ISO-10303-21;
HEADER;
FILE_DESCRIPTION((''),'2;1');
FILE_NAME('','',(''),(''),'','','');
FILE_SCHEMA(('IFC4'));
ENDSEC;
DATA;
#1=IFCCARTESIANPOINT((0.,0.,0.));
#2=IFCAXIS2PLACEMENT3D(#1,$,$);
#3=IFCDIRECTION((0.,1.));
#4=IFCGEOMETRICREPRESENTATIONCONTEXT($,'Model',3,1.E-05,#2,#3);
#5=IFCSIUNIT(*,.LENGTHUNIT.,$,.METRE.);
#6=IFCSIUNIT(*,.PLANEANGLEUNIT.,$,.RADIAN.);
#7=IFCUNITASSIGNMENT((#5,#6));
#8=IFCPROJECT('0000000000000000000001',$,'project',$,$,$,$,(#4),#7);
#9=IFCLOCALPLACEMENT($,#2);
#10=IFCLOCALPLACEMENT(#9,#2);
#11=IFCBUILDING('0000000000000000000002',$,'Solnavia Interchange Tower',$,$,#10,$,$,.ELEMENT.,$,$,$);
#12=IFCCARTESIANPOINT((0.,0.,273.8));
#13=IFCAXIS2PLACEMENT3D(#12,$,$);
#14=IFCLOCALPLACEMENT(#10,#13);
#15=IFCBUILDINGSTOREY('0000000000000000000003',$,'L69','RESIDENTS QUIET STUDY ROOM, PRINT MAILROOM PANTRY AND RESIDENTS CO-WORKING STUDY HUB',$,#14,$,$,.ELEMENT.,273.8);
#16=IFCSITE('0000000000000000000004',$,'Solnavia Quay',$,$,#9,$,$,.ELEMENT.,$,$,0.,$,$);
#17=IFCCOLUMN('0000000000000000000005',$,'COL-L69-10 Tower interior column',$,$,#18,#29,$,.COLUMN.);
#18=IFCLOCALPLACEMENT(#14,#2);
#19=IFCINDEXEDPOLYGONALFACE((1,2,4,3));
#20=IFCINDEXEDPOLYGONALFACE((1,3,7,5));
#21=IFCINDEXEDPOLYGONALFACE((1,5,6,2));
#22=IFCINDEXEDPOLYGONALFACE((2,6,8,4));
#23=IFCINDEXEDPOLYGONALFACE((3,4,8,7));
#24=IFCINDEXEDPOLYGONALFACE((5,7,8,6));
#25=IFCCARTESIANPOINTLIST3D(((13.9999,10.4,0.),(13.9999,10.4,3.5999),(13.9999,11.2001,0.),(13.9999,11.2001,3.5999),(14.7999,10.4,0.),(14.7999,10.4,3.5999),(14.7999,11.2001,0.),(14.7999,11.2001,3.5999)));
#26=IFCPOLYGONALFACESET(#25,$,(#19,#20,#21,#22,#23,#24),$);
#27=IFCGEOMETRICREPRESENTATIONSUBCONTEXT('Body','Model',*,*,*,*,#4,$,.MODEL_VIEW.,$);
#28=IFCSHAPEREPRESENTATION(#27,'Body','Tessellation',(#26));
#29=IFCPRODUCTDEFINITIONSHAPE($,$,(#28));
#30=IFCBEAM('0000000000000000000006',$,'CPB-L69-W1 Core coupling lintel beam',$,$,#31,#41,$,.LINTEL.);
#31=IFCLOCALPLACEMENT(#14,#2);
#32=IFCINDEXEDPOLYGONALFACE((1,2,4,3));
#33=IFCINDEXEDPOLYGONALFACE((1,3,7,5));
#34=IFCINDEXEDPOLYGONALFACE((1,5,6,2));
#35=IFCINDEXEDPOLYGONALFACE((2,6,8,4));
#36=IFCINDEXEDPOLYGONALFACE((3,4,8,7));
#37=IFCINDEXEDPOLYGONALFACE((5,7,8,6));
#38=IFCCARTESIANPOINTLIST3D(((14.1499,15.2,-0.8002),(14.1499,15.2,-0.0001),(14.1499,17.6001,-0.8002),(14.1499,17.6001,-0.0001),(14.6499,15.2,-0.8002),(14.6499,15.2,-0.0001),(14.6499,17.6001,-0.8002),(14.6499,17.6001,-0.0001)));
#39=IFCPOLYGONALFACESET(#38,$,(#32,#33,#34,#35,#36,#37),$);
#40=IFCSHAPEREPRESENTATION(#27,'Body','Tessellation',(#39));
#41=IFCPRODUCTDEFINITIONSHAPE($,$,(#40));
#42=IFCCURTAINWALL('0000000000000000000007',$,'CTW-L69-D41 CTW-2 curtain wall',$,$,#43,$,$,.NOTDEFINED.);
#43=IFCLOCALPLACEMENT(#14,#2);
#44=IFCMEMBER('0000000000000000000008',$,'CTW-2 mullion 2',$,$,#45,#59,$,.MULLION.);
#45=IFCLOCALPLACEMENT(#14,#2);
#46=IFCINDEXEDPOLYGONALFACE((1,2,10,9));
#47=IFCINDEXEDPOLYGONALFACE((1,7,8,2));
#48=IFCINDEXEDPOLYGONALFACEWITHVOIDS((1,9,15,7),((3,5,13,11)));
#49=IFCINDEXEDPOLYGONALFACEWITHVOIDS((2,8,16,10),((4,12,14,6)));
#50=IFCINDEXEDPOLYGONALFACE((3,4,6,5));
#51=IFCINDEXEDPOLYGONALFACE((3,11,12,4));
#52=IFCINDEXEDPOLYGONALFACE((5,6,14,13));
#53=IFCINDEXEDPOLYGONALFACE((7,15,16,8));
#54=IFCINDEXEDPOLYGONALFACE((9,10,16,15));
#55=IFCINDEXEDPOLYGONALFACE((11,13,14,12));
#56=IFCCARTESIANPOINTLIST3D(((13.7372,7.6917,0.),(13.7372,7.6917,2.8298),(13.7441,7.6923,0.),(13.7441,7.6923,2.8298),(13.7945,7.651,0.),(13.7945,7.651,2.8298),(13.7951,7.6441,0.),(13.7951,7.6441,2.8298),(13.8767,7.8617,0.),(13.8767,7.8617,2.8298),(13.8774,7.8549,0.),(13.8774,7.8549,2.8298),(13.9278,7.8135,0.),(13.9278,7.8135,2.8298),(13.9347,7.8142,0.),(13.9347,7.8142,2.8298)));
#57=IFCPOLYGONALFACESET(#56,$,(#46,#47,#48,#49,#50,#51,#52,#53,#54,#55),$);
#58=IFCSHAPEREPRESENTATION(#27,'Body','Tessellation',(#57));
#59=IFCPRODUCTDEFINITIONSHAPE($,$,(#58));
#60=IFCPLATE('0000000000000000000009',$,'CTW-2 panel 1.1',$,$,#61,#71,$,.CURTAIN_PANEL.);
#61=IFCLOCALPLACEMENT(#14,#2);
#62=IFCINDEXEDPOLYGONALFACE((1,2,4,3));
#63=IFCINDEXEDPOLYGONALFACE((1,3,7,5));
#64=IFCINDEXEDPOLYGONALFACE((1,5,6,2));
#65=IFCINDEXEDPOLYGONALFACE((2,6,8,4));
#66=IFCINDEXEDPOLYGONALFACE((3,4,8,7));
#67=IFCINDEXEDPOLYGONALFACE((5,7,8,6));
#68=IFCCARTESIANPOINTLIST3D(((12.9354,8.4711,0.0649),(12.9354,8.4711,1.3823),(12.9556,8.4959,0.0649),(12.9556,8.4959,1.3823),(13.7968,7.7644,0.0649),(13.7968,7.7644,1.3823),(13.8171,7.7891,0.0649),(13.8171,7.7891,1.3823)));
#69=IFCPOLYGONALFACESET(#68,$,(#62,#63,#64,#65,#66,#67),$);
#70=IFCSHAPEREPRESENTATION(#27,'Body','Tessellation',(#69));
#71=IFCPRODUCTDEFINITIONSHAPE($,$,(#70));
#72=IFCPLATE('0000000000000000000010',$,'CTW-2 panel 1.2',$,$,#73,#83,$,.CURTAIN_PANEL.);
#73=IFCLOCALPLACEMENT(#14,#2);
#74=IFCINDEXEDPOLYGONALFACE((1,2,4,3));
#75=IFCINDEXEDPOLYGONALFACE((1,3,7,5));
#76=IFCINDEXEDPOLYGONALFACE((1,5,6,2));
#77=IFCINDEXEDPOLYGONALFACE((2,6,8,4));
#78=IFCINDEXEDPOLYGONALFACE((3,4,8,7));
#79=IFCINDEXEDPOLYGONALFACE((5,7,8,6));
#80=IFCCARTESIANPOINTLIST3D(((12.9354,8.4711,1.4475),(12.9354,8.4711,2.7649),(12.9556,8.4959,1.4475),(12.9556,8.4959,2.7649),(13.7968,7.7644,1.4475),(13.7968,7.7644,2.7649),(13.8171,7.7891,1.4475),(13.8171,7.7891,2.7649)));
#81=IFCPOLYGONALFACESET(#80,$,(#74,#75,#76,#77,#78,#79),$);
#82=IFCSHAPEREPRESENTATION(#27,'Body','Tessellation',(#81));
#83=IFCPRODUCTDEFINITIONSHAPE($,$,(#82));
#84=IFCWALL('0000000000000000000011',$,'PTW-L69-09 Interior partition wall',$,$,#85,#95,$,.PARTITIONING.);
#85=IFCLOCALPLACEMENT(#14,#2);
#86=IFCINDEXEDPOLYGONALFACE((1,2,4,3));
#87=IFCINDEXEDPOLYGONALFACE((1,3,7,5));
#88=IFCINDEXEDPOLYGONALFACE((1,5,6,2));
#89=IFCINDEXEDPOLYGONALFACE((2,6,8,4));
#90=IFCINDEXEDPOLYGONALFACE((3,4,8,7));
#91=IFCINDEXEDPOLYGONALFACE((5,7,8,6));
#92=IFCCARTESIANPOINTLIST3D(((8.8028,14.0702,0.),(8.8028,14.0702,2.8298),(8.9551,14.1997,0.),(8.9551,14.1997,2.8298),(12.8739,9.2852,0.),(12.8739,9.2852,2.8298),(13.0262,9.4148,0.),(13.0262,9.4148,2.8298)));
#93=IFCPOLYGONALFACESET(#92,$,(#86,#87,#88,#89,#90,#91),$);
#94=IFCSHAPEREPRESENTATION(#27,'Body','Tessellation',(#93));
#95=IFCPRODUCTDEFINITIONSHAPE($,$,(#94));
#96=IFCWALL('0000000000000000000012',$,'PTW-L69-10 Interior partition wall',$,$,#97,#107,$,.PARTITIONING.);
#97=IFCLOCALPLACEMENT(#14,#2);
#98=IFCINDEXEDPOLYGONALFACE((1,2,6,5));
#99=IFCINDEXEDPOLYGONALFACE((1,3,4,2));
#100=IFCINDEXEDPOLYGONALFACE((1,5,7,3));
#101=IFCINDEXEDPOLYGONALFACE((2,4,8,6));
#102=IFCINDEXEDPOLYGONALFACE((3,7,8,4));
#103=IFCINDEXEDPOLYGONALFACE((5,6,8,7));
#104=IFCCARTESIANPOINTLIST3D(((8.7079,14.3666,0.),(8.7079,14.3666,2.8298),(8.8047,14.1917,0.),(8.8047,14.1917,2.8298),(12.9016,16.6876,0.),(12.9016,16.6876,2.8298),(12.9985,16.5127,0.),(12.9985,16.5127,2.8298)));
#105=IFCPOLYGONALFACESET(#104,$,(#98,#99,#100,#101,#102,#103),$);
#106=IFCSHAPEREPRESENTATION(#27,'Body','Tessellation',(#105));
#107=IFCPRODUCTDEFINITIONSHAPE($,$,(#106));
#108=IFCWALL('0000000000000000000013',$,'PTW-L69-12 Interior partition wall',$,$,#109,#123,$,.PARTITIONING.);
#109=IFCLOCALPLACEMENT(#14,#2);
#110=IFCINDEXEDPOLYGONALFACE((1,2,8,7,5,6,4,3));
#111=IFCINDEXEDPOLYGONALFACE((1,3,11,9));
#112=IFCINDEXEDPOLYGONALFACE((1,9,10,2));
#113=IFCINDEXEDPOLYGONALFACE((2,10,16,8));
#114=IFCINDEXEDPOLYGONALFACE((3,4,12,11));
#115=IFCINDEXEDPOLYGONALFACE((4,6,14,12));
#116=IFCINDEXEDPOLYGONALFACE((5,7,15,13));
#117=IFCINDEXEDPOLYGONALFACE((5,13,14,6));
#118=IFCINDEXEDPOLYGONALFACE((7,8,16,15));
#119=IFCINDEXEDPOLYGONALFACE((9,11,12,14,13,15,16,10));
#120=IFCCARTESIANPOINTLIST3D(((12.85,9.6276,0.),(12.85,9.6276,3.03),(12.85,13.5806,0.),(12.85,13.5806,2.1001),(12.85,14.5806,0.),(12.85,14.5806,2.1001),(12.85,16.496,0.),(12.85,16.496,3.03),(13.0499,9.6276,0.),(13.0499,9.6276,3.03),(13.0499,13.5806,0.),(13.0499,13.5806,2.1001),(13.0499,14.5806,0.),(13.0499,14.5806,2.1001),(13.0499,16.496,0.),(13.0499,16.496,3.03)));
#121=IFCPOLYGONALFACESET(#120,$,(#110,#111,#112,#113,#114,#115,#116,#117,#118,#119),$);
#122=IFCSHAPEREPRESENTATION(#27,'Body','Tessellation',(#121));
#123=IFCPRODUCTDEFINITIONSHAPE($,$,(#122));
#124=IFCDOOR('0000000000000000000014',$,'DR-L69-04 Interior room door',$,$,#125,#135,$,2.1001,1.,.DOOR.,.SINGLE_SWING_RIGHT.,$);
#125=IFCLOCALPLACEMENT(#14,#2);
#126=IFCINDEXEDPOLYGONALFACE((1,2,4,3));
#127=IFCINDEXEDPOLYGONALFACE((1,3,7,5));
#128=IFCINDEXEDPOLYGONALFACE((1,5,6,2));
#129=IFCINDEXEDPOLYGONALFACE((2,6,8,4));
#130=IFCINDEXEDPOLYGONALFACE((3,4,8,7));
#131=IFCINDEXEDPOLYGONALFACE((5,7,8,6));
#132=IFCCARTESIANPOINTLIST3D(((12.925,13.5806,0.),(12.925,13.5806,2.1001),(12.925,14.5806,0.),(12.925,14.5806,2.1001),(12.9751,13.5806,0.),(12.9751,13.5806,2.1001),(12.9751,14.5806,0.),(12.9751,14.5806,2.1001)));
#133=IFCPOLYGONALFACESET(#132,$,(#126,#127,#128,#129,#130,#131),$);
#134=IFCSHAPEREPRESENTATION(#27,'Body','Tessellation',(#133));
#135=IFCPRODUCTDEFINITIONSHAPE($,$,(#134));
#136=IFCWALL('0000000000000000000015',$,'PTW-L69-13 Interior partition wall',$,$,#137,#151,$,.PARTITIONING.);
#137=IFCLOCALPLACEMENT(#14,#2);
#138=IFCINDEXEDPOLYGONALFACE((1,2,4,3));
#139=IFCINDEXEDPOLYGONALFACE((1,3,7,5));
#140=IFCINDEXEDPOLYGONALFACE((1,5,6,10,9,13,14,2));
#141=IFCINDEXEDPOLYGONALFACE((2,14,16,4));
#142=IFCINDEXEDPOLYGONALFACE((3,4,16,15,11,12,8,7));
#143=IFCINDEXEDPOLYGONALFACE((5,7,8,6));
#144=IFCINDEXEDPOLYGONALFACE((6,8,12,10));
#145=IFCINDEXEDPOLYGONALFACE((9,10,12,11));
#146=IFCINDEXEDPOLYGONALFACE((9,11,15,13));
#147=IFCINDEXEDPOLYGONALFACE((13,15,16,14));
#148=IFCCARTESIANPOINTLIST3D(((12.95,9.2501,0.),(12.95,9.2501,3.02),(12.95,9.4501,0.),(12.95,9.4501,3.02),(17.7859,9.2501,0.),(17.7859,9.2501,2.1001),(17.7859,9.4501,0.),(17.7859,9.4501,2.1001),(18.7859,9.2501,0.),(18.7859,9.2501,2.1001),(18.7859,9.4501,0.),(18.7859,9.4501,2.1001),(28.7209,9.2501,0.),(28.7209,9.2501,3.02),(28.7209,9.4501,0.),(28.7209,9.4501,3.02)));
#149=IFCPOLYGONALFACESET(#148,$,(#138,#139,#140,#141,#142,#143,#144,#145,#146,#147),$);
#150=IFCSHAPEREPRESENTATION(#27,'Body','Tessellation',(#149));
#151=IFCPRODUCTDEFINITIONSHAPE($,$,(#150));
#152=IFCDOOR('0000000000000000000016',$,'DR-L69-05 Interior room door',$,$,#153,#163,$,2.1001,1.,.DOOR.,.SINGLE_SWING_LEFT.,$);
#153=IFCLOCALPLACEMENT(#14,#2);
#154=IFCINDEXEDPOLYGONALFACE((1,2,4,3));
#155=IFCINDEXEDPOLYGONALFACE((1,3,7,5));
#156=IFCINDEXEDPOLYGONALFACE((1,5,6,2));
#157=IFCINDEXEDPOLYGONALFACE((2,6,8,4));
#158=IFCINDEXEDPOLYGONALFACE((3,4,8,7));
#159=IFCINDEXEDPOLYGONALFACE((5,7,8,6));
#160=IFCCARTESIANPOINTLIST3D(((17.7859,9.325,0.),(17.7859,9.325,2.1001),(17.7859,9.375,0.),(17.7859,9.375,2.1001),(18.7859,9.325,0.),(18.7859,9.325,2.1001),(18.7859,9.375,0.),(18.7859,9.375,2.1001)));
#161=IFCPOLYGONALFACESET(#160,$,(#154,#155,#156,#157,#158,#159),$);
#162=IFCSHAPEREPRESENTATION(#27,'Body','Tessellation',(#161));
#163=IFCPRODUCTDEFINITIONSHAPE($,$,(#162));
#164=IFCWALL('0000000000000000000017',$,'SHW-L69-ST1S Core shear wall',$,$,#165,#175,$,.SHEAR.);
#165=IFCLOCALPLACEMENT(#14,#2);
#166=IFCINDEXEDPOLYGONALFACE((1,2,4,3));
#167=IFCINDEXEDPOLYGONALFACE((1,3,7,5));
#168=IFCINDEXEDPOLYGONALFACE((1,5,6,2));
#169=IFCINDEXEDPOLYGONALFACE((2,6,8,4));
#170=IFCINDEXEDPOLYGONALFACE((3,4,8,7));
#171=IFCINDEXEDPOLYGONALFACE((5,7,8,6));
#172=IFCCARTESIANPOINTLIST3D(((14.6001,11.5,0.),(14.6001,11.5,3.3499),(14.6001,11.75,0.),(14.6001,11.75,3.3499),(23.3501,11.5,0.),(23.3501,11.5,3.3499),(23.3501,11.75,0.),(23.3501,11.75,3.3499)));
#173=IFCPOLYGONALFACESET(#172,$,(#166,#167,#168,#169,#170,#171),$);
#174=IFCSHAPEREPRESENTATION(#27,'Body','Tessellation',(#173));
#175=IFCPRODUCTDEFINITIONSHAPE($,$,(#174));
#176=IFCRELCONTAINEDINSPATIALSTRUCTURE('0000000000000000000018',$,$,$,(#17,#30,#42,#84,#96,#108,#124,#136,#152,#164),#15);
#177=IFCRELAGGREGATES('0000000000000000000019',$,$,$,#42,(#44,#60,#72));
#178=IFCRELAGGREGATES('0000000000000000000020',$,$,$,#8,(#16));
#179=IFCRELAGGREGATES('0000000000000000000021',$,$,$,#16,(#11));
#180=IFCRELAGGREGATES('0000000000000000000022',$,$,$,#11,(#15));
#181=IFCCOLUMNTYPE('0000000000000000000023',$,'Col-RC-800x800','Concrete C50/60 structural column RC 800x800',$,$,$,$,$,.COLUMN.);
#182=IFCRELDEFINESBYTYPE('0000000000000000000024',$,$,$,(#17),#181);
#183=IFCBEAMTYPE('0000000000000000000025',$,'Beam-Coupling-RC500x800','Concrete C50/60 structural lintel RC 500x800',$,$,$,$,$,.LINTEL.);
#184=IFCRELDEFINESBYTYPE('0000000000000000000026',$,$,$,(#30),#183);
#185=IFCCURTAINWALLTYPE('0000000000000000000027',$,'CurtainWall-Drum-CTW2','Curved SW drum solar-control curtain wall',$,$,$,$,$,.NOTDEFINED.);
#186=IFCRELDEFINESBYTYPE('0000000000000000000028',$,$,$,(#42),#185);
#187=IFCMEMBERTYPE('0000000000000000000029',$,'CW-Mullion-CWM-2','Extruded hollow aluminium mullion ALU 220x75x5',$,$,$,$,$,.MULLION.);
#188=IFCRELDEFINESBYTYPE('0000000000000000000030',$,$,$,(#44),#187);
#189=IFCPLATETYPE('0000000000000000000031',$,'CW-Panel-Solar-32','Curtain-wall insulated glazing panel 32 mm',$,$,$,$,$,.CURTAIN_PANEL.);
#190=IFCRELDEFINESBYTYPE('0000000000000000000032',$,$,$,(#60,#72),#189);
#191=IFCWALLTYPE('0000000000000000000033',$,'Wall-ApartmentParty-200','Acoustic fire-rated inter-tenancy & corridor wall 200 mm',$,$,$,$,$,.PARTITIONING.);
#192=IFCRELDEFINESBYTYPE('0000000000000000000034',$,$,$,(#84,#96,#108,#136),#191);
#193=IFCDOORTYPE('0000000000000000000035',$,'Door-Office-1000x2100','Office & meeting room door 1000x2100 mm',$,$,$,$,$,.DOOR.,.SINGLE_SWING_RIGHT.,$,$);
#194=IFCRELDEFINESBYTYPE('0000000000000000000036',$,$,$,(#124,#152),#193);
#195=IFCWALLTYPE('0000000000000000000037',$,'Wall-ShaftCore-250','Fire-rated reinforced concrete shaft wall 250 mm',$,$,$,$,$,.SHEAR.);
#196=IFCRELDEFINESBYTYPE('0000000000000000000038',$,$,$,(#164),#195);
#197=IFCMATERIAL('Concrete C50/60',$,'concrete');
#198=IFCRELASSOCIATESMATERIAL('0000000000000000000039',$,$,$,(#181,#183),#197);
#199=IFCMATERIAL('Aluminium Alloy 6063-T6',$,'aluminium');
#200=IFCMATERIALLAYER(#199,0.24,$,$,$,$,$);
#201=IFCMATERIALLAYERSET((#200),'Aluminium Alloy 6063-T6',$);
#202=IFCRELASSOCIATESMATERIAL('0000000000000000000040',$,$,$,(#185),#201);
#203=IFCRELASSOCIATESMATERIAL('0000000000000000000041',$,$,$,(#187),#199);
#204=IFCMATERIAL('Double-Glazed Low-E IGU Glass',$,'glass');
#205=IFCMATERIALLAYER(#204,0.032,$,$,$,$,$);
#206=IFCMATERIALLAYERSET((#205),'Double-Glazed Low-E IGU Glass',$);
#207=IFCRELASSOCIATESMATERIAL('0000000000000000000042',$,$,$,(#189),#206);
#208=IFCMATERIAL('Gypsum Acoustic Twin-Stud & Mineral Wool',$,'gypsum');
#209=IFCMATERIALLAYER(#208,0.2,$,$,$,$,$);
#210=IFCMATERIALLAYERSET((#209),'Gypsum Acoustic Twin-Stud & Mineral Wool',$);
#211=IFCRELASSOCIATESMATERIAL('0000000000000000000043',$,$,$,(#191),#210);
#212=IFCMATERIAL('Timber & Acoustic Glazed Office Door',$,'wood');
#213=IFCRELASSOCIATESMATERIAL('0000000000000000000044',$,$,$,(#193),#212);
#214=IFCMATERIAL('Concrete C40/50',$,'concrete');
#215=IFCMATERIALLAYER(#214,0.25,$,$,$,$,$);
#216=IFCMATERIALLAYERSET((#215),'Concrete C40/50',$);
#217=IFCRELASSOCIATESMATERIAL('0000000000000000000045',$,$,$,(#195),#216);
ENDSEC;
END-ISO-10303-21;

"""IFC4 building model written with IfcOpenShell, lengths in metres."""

from ifc_helpers import new_model, si_unit, direction, frame, frame_2d, origin, origin_2d, place, context, subcontext, project, spatial, rectangle, hollow_rectangle, extrude, material, layer, layer_set, material_profile, profile_set, type_object, element, fill, aggregate, save


model = new_model("IFC4")

# Units and contexts
model_context = context("Model", 3, precision=1e-05, world=origin(), true_north=direction((0.0, 1.0)))
body_context = subcontext(model_context, "Body", "Model", "MODEL_VIEW")
ifc_project = project(units=[si_unit("LENGTHUNIT", "METRE"), si_unit("PLANEANGLEUNIT", "RADIAN")], contexts=[model_context])

# Site, building, storey
site_placement = place(None, origin())
site = spatial("IfcSite", under=ifc_project, at=site_placement, Name="Solnavia Quay", CompositionType="ELEMENT", RefElevation=0.0)
building_placement = place(site_placement, origin())
building = spatial("IfcBuilding", under=site, at=building_placement, Name="Solnavia Interchange Tower", CompositionType="ELEMENT")
storey_placement = place(building_placement, frame((0.0, 0.0, 273.8)))
storey = spatial("IfcBuildingStorey", under=building, at=storey_placement, Name="L69", Description="RESIDENTS QUIET STUDY ROOM, PRINT MAILROOM PANTRY AND RESIDENTS CO-WORKING STUDY HUB", CompositionType="ELEMENT", Elevation=273.8)

# Column
ifc_material_1 = material(Name="Concrete C50/60", Category="concrete")
ifc_material_profile_1 = material_profile(ifc_material_1, rectangle(XDim=0.8, YDim=0.8, at=origin_2d()), Name="RC 800x800")
ifc_profile_set_1 = profile_set([ifc_material_profile_1], Name="Concrete C50/60")
column_type = type_object("IfcColumnType", Name="Col-RC-800x800", Description="Concrete C50/60 structural column RC 800x800", PredefinedType="COLUMN", material=ifc_profile_set_1)
column_placement = place(storey_placement, frame((14.3999, 10.8, 0.0), z_axis=(0.0, 0.0, 1.0), x_axis=(1.0, 0.0, 0.0)))
element("IfcColumn", 1, at=column_placement, inside=storey, type_object=column_type, Name="COL-L69-10 Tower interior column", PredefinedType="COLUMN", context=body_context, shape_type="SweptSolid", body=[
    extrude(rectangle(XDim=0.8, YDim=0.8, at=origin_2d()), origin(), (0.0, 0.0, 1.0), 3.5999),
])

# Beam
ifc_material_profile_2 = material_profile(ifc_material_1, rectangle(XDim=0.5, YDim=0.8, at=origin_2d()), Name="RC 500x800")
ifc_profile_set_2 = profile_set([ifc_material_profile_2], Name="Concrete C50/60")
beam_type = type_object("IfcBeamType", Name="Beam-Coupling-RC500x800", Description="Concrete C50/60 structural lintel RC 500x800", PredefinedType="LINTEL", material=ifc_profile_set_2)
beam_placement = place(storey_placement, frame((14.3999, 15.2, -0.4001), z_axis=(0.0, 1.0, 0.0), x_axis=(-1.0, 0.0, 0.0)))
element("IfcBeam", 2, at=beam_placement, inside=storey, type_object=beam_type, Name="CPB-L69-W1 Core coupling lintel beam", PredefinedType="LINTEL", context=body_context, shape_type="SweptSolid", body=[
    extrude(rectangle(XDim=0.5, YDim=0.8, at=origin_2d()), origin(), (0.0, 0.0, 1.0), 2.4001),
])

# Curtain wall, member, plates
ifc_material_2 = material(Name="Aluminium Alloy 6063-T6", Category="aluminium")
ifc_layer_1 = layer(ifc_material_2, 0.24)
ifc_layer_set_1 = layer_set([ifc_layer_1], Name="Aluminium Alloy 6063-T6")
curtain_wall_type = type_object("IfcCurtainWallType", Name="CurtainWall-Drum-CTW2", Description="Curved SW drum solar-control curtain wall", PredefinedType="NOTDEFINED", material=ifc_layer_set_1)
curtain_wall_placement = place(storey_placement, origin())
curtain_wall = element("IfcCurtainWall", 3, at=curtain_wall_placement, inside=storey, type_object=curtain_wall_type, Name="CTW-L69-D41 CTW-2 curtain wall", PredefinedType="NOTDEFINED")
ifc_material_profile_3 = material_profile(ifc_material_2, hollow_rectangle(XDim=0.075, YDim=0.22, WallThickness=0.0049, at=origin_2d()), Name="ALU 220x75x5")
ifc_profile_set_3 = profile_set([ifc_material_profile_3], Name="Aluminium Alloy 6063-T6")
member_type = type_object("IfcMemberType", Name="CW-Mullion-CWM-2", Description="Extruded hollow aluminium mullion ALU 220x75x5", PredefinedType="MULLION", material=ifc_profile_set_3)
member_placement = place(storey_placement, frame((13.8359, 7.7529, 0.0), z_axis=(0.0, 0.0, 1.0), x_axis=(0.773103, -0.63428, 0.0)))
member = element("IfcMember", 4, at=member_placement, type_object=member_type, Name="CTW-2 mullion 2", PredefinedType="MULLION", context=body_context, shape_type="SweptSolid", body=[
    extrude(hollow_rectangle(XDim=0.075, YDim=0.22, WallThickness=0.0049, at=origin_2d()), origin(), (0.0, 0.0, 1.0), 2.8298),
])
ifc_material_3 = material(Name="Double-Glazed Low-E IGU Glass", Category="glass")
ifc_layer_2 = layer(ifc_material_3, 0.032)
ifc_layer_set_2 = layer_set([ifc_layer_2], Name="Double-Glazed Low-E IGU Glass")
plate_type = type_object("IfcPlateType", Name="CW-Panel-Solar-32", Description="Curtain-wall insulated glazing panel 32 mm", PredefinedType="CURTAIN_PANEL", material=ifc_layer_set_2)
plate_1_placement = place(storey_placement, frame((13.3762, 8.1301, 0.0649), z_axis=(0.0, 0.0, 1.0), x_axis=(0.773103, -0.63428, 0.0)))
plate_1 = element("IfcPlate", 5, at=plate_1_placement, type_object=plate_type, Name="CTW-2 panel 1.1", PredefinedType="CURTAIN_PANEL", context=body_context, shape_type="SweptSolid", body=[
    extrude(rectangle(XDim=1.1143, YDim=0.032, at=origin_2d()), origin(), (0.0, 0.0, 1.0), 1.3174),
])
plate_2_placement = place(storey_placement, frame((13.3762, 8.1301, 1.4475), z_axis=(0.0, 0.0, 1.0), x_axis=(0.773103, -0.63428, 0.0)))
plate_2 = element("IfcPlate", 6, at=plate_2_placement, type_object=plate_type, Name="CTW-2 panel 1.2", PredefinedType="CURTAIN_PANEL", context=body_context, shape_type="SweptSolid", body=[
    extrude(rectangle(XDim=1.1143, YDim=0.032, at=origin_2d()), origin(), (0.0, 0.0, 1.0), 1.3174),
])
aggregate(curtain_wall, [member, plate_1, plate_2])

# Walls
ifc_material_4 = material(Name="Gypsum Acoustic Twin-Stud & Mineral Wool", Category="gypsum")
ifc_layer_3 = layer(ifc_material_4, 0.2)
ifc_layer_set_3 = layer_set([ifc_layer_3], Name="Gypsum Acoustic Twin-Stud & Mineral Wool")
wall_type_1 = type_object("IfcWallType", Name="Wall-ApartmentParty-200", Description="Acoustic fire-rated inter-tenancy & corridor wall 200 mm", PredefinedType="PARTITIONING", material=ifc_layer_set_3)
wall_1_placement = place(storey_placement, frame((12.95, 9.3501, 0.0), z_axis=(0.0, 0.0, 1.0), x_axis=(-0.648006, 0.761635, 0.0)))
element("IfcWall", 7, at=wall_1_placement, inside=storey, type_object=wall_type_1, Name="PTW-L69-09 Interior partition wall", PredefinedType="PARTITIONING", context=body_context, shape_type="SweptSolid", body=[
    extrude(rectangle(XDim=6.2825, YDim=0.2, at=frame_2d((3.1411, 0.0))), origin(), (0.0, 0.0, 1.0), 2.8298),
])
wall_2_placement = place(storey_placement, frame((12.95, 16.6001, 0.0), z_axis=(0.0, 0.0, 1.0), x_axis=(-0.874942, -0.484228, 0.0)))
element("IfcWall", 8, at=wall_2_placement, inside=storey, type_object=wall_type_1, Name="PTW-L69-10 Interior partition wall", PredefinedType="PARTITIONING", context=body_context, shape_type="SweptSolid", body=[
    extrude(rectangle(XDim=4.7932, YDim=0.2, at=frame_2d((2.3965, 0.0))), origin(), (0.0, 0.0, 1.0), 2.8298),
])

# Walls, openings, doors
wall_3_placement = place(storey_placement, frame((12.95, 9.6277, 0.0), z_axis=(0.0, 0.0, 1.0), x_axis=(0.0, 1.0, 0.0)))
wall_3 = element("IfcWall", 9, at=wall_3_placement, inside=storey, type_object=wall_type_1, Name="PTW-L69-12 Interior partition wall", PredefinedType="PARTITIONING", context=body_context, shape_type="SweptSolid", body=[
    extrude(rectangle(XDim=6.8684, YDim=0.2, at=frame_2d((3.4341, 0.0))), origin(), (0.0, 0.0, 1.0), 3.03),
])
opening_1_placement = place(wall_3_placement, frame((3.9529, 0.0, 0.0)))
opening_1 = element("IfcOpeningElement", 10, at=opening_1_placement, cuts=wall_3, PredefinedType="OPENING", context=body_context, shape_type="SweptSolid", body=[
    extrude(rectangle(XDim=1.0, YDim=2.1001, at=frame_2d((0.5, 1.05))), frame((0.0, 0.1099, 0.0), z_axis=(0.0, -1.0, 0.0), x_axis=(1.0, 0.0, 0.0)), (0.0, 0.0, 1.0), 0.22),
])
ifc_material_5 = material(Name="Timber & Acoustic Glazed Office Door", Category="wood")
door_type_1 = type_object("IfcDoorType", Name="Door-Office-1000x2100", Description="Office & meeting room door 1000x2100 mm", OperationType="SINGLE_SWING_RIGHT", PredefinedType="DOOR", material=ifc_material_5)
door_1_placement = place(opening_1_placement, origin())
door_1 = element("IfcDoor", 11, at=door_1_placement, inside=storey, type_object=door_type_1, Name="DR-L69-04 Interior room door", OperationType="SINGLE_SWING_RIGHT", OverallHeight=2.1001, OverallWidth=1.0, PredefinedType="DOOR", context=body_context, shape_type="SweptSolid", body=[
    extrude(rectangle(XDim=1.0, YDim=2.1001, at=frame_2d((0.5, 1.05))), frame((0.0, 0.0249, 0.0), z_axis=(0.0, -1.0, 0.0), x_axis=(1.0, 0.0, 0.0)), (0.0, 0.0, 1.0), 0.05),
])
fill(opening_1, door_1)
wall_4_placement = place(storey_placement, frame((12.95, 9.3501, 0.0), z_axis=(0.0, 0.0, 1.0), x_axis=(1.0, 0.0, 0.0)))
wall_4 = element("IfcWall", 12, at=wall_4_placement, inside=storey, type_object=wall_type_1, Name="PTW-L69-13 Interior partition wall", PredefinedType="PARTITIONING", context=body_context, shape_type="SweptSolid", body=[
    extrude(rectangle(XDim=15.771, YDim=0.2, at=frame_2d((7.8855, 0.0))), origin(), (0.0, 0.0, 1.0), 3.02),
])
opening_2_placement = place(wall_4_placement, frame((4.8359, 0.0, 0.0)))
opening_2 = element("IfcOpeningElement", 13, at=opening_2_placement, cuts=wall_4, PredefinedType="OPENING", context=body_context, shape_type="SweptSolid", body=[
    extrude(rectangle(XDim=1.0, YDim=2.1001, at=frame_2d((0.5, 1.05))), frame((0.0, 0.1099, 0.0), z_axis=(0.0, -1.0, 0.0), x_axis=(1.0, 0.0, 0.0)), (0.0, 0.0, 1.0), 0.22),
])
door_2_placement = place(opening_2_placement, origin())
door_2 = element("IfcDoor", 14, at=door_2_placement, inside=storey, type_object=door_type_1, Name="DR-L69-05 Interior room door", OperationType="SINGLE_SWING_LEFT", OverallHeight=2.1001, OverallWidth=1.0, PredefinedType="DOOR", context=body_context, shape_type="SweptSolid", body=[
    extrude(rectangle(XDim=1.0, YDim=2.1001, at=frame_2d((0.5, 1.05))), frame((0.0, 0.0249, 0.0), z_axis=(0.0, -1.0, 0.0), x_axis=(1.0, 0.0, 0.0)), (0.0, 0.0, 1.0), 0.05),
])
fill(opening_2, door_2)

# Wall
ifc_material_6 = material(Name="Concrete C40/50", Category="concrete")
ifc_layer_4 = layer(ifc_material_6, 0.25)
ifc_layer_set_4 = layer_set([ifc_layer_4], Name="Concrete C40/50")
wall_type_2 = type_object("IfcWallType", Name="Wall-ShaftCore-250", Description="Fire-rated reinforced concrete shaft wall 250 mm", PredefinedType="SHEAR", material=ifc_layer_set_4)
wall_5_placement = place(storey_placement, frame((14.6001, 11.625, 0.0), z_axis=(0.0, 0.0, 1.0), x_axis=(1.0, 0.0, 0.0)))
element("IfcWall", 15, at=wall_5_placement, inside=storey, type_object=wall_type_2, Name="SHW-L69-ST1S Core shear wall", PredefinedType="SHEAR", context=body_context, shape_type="SweptSolid", body=[
    extrude(rectangle(XDim=8.75, YDim=0.25, at=frame_2d((4.375, 0.0))), origin(), (0.0, 0.0, 1.0), 3.3499),
])

save(model, "model.ifc")
